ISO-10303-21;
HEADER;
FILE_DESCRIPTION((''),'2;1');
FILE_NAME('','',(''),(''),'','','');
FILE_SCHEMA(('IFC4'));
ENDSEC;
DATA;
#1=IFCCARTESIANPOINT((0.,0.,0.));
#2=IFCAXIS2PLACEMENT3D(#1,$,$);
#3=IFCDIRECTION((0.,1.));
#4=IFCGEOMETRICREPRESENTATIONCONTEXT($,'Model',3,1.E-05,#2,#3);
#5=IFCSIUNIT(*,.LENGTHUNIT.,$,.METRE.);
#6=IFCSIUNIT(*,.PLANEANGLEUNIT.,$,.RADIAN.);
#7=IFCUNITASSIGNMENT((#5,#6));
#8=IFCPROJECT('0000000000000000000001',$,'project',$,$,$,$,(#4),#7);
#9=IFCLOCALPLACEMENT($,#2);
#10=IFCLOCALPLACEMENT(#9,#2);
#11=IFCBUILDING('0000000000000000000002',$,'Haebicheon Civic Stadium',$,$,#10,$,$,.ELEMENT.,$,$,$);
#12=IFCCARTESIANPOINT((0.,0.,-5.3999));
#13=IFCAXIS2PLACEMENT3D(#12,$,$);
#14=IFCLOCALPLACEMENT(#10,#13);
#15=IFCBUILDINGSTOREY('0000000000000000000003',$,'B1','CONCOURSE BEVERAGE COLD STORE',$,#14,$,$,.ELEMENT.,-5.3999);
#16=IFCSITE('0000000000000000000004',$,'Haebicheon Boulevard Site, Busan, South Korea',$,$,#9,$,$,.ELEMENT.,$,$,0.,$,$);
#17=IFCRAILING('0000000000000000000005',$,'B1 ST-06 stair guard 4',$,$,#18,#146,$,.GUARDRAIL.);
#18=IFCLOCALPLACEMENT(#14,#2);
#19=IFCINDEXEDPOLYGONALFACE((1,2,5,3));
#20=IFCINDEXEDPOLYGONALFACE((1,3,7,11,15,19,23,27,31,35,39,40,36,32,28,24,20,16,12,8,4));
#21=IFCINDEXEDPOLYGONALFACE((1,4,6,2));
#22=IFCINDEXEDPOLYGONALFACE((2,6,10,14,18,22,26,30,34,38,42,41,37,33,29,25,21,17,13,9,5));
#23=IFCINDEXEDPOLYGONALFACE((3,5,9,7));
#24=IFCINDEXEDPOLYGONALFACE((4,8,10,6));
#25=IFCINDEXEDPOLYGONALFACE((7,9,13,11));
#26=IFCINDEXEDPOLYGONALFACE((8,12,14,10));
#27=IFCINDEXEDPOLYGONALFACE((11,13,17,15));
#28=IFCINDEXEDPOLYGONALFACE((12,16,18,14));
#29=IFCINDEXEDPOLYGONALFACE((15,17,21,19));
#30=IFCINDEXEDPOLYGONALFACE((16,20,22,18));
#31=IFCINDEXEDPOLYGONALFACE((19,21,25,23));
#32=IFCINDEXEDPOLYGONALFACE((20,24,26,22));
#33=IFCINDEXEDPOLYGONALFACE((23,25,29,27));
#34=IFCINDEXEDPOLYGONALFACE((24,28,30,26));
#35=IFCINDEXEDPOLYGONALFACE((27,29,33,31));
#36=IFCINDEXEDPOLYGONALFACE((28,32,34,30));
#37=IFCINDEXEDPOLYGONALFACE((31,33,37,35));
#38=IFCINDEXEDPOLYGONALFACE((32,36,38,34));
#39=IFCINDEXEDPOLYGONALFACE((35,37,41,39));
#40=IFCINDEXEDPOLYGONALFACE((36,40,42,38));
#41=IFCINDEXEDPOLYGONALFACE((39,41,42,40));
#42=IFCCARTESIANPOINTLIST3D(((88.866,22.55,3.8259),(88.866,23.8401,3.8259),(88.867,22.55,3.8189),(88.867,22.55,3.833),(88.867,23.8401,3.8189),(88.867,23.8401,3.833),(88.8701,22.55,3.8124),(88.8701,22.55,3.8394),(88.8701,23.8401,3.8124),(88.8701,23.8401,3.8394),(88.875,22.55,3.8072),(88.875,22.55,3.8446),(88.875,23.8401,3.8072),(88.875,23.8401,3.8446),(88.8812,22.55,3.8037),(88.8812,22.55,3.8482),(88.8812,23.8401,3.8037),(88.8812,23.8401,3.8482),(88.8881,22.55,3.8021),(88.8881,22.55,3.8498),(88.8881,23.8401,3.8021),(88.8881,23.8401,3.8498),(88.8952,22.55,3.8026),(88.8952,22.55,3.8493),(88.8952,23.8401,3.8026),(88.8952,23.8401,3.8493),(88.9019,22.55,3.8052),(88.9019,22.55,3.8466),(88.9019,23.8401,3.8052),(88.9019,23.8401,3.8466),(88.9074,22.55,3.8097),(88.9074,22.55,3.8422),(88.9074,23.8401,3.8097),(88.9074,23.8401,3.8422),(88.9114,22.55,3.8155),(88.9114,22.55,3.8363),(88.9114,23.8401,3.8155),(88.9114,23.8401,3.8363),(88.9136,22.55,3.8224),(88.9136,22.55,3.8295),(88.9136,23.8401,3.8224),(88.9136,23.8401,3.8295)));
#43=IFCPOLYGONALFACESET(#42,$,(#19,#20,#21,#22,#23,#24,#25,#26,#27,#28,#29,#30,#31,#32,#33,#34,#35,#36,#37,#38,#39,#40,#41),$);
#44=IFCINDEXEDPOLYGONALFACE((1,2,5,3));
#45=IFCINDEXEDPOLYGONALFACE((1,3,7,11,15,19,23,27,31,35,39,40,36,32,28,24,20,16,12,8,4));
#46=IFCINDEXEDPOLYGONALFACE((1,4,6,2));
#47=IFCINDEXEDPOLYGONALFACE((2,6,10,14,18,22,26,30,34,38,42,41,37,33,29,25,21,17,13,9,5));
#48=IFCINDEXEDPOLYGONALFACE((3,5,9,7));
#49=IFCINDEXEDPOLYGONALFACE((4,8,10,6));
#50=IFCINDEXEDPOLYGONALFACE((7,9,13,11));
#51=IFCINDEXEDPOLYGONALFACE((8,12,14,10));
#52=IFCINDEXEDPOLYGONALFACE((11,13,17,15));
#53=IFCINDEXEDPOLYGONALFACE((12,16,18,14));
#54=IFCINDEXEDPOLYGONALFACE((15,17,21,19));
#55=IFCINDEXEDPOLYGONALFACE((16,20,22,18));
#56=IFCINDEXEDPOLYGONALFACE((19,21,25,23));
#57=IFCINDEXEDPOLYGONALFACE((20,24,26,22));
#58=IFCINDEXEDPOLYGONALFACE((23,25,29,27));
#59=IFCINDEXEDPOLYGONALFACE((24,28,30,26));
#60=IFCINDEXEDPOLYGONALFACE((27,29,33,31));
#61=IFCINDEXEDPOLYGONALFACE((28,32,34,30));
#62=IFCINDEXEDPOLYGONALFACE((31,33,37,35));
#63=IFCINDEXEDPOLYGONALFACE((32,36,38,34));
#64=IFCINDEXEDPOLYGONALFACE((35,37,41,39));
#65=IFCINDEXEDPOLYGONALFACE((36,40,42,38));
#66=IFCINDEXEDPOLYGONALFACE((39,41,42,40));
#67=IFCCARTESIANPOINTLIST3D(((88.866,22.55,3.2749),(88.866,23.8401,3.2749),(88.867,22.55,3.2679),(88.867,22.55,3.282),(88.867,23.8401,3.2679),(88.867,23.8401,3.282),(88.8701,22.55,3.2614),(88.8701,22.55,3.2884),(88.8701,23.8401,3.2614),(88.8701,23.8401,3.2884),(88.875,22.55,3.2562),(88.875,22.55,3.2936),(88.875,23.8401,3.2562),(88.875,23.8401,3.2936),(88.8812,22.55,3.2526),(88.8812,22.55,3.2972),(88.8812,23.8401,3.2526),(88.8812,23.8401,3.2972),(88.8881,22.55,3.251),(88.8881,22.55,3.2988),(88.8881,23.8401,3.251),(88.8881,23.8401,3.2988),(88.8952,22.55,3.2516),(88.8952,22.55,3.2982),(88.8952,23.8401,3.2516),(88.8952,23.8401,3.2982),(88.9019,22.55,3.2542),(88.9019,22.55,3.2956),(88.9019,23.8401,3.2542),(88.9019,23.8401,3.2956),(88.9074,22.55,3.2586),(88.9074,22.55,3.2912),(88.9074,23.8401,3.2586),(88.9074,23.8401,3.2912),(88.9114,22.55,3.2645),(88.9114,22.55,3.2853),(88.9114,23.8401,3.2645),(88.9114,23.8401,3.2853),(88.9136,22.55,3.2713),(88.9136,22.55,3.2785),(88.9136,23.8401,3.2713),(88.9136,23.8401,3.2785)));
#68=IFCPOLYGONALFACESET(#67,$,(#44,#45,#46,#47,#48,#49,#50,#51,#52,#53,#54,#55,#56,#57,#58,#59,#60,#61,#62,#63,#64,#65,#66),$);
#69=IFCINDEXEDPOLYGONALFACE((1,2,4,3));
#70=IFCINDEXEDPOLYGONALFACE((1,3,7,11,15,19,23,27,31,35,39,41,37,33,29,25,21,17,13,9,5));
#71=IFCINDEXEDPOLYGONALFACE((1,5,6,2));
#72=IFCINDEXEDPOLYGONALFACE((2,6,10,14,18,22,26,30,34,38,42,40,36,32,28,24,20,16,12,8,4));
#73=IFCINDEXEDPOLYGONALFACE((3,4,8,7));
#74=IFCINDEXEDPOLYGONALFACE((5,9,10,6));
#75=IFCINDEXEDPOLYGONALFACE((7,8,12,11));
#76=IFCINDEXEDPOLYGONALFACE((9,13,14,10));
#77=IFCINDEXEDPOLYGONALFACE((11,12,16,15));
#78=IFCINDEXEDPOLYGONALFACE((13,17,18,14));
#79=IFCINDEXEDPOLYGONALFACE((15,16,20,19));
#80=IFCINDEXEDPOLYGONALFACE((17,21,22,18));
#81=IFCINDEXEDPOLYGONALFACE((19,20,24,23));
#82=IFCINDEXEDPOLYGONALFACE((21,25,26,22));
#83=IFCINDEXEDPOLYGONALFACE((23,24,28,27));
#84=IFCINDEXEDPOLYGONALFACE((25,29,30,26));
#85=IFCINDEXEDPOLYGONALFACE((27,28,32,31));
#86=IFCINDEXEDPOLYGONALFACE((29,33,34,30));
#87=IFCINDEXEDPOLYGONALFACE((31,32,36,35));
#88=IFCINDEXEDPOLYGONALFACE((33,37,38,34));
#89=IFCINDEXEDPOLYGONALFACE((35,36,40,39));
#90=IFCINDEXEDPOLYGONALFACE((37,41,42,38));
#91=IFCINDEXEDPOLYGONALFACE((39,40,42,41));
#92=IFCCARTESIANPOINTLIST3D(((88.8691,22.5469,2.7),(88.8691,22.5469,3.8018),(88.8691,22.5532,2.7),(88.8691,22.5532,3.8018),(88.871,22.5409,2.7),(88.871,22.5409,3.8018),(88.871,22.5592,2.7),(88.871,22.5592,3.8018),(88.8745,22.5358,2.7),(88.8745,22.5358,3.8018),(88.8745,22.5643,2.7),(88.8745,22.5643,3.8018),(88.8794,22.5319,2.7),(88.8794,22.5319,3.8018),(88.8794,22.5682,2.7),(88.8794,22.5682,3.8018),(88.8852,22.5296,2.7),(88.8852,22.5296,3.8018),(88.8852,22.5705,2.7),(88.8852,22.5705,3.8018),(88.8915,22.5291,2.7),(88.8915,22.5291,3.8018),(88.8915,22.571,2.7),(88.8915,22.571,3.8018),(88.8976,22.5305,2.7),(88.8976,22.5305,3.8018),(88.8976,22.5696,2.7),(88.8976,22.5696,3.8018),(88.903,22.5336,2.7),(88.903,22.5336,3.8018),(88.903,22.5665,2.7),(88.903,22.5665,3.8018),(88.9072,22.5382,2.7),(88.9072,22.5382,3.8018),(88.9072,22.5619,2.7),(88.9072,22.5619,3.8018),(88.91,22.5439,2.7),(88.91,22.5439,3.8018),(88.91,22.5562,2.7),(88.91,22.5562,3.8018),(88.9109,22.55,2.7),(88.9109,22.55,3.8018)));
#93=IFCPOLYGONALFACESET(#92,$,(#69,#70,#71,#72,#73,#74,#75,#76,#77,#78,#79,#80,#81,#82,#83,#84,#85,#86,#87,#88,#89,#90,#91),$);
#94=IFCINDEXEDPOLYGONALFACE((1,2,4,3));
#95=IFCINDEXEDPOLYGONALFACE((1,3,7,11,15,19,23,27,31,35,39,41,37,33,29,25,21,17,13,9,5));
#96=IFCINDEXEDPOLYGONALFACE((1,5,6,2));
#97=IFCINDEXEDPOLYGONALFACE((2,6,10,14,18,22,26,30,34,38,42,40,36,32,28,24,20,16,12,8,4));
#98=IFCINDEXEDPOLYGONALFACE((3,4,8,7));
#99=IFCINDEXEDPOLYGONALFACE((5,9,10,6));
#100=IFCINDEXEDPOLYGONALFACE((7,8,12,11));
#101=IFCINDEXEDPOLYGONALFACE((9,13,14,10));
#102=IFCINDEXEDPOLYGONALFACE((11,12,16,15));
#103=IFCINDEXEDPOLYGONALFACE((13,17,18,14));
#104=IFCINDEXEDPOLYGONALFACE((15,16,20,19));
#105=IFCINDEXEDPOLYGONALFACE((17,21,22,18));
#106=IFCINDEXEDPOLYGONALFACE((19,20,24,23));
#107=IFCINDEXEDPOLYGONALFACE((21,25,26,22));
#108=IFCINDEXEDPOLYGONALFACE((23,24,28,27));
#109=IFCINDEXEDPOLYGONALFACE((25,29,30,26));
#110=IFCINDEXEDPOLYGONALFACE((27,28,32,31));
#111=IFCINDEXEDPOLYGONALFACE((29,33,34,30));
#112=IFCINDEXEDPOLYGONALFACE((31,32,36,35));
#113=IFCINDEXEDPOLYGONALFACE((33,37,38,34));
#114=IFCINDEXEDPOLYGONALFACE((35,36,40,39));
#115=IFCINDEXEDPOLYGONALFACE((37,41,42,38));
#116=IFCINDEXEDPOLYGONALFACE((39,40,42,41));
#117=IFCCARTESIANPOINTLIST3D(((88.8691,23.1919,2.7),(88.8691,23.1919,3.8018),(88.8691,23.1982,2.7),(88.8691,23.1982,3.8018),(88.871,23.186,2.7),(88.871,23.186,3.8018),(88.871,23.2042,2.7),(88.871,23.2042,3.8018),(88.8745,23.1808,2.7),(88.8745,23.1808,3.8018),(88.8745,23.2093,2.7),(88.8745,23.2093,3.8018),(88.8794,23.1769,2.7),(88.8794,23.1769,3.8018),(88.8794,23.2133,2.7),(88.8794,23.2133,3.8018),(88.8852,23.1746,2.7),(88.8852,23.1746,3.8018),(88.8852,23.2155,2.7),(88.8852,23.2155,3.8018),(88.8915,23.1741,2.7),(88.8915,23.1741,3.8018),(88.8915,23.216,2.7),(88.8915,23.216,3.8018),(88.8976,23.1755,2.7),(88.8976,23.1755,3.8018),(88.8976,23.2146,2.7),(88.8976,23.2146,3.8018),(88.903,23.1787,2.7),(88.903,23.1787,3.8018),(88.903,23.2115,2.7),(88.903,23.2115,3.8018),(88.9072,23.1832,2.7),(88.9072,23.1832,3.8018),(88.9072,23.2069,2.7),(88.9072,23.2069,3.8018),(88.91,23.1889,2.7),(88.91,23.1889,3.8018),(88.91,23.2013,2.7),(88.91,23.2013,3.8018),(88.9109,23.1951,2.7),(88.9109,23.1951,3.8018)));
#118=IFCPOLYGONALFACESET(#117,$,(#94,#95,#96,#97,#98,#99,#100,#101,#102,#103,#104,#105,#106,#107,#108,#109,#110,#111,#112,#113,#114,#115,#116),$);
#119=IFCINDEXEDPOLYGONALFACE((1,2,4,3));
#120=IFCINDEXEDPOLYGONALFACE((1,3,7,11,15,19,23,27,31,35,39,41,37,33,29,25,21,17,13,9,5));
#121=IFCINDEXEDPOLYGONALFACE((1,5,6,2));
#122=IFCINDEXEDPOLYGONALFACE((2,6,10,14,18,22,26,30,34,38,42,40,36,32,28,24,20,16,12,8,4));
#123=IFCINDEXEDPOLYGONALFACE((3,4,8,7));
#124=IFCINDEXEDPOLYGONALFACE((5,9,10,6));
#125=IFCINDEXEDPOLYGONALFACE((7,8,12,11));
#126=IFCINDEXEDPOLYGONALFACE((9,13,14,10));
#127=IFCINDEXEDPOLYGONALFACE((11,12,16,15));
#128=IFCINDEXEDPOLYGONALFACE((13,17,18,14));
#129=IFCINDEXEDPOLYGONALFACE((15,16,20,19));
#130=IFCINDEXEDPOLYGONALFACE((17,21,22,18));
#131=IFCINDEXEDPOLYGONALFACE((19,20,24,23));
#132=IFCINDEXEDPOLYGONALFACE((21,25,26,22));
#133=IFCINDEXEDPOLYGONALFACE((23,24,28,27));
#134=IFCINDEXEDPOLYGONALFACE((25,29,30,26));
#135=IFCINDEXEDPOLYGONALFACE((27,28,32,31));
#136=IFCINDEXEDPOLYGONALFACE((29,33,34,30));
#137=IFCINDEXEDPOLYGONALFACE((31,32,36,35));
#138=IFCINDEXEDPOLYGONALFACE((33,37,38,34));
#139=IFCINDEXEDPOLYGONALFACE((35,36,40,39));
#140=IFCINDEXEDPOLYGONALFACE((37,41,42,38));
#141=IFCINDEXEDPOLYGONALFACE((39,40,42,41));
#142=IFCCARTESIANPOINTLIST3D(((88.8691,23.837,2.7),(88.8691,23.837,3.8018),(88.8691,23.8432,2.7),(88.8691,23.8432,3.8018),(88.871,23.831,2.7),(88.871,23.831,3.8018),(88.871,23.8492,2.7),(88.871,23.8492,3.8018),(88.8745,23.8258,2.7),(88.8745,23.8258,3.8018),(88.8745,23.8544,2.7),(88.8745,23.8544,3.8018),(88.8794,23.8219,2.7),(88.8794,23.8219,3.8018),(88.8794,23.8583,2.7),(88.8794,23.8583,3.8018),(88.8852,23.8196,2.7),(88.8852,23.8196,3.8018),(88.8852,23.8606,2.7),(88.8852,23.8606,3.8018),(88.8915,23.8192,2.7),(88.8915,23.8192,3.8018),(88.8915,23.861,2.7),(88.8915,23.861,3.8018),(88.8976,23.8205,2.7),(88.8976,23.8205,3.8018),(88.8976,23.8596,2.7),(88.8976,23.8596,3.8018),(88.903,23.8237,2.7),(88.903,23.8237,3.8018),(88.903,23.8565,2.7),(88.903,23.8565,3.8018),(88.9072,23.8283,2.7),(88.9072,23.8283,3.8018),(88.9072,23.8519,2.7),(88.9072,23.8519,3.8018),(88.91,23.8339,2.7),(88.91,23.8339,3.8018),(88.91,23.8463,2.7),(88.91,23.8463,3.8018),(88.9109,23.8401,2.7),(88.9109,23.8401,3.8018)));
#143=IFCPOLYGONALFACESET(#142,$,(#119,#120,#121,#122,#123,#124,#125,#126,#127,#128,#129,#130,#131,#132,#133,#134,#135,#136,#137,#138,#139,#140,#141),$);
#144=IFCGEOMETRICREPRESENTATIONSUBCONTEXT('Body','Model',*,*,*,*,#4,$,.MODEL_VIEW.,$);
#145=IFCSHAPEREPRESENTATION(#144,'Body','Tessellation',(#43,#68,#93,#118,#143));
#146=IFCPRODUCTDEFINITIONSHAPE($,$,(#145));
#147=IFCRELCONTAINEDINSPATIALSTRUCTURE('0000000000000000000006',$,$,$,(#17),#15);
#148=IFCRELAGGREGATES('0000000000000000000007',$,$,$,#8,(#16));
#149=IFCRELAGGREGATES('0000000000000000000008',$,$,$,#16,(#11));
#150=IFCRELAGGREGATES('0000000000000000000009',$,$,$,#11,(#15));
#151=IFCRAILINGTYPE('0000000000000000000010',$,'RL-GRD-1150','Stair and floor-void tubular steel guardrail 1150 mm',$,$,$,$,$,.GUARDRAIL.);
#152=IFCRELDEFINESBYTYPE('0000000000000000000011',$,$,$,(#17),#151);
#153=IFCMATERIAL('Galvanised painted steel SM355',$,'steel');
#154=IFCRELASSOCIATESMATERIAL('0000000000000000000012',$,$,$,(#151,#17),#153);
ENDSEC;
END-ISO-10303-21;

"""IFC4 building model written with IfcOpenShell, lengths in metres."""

from ifc_helpers import new_model, si_unit, direction, frame, origin, origin_2d, place, context, subcontext, project, spatial, circle, extrude, material, type_object, element, save


model = new_model("IFC4")

# Units and contexts
model_context = context("Model", 3, precision=1e-05, world=origin(), true_north=direction((0.0, 1.0)))
body_context = subcontext(model_context, "Body", "Model", "MODEL_VIEW")
ifc_project = project(units=[si_unit("LENGTHUNIT", "METRE"), si_unit("PLANEANGLEUNIT", "RADIAN")], contexts=[model_context])

# Site, building, storey
site_placement = place(None, origin())
site = spatial("IfcSite", under=ifc_project, at=site_placement, Name="Haebicheon Boulevard Site, Busan, South Korea", CompositionType="ELEMENT", RefElevation=0.0)
building_placement = place(site_placement, origin())
building = spatial("IfcBuilding", under=site, at=building_placement, Name="Haebicheon Civic Stadium", CompositionType="ELEMENT")
storey_placement = place(building_placement, frame((0.0, 0.0, -5.3999)))
storey = spatial("IfcBuildingStorey", under=building, at=storey_placement, Name="B1", Description="CONCOURSE BEVERAGE COLD STORE", CompositionType="ELEMENT", Elevation=-5.3999)

# Railing
ifc_material_1 = material(Name="Galvanised painted steel SM355", Category="steel")
railing_type_1 = type_object("IfcRailingType", Name="RL-GRD-1150", Description="Stair and floor-void tubular steel guardrail 1150 mm", PredefinedType="GUARDRAIL", material=ifc_material_1)
for number, where, name in (
    (1, (88.8899, 22.55, 2.7), "B1 ST-06 stair guard 4"),
):
    element("IfcRailing", number, at=place(storey_placement, frame(where)), inside=storey, type_object=railing_type_1, material=ifc_material_1, Name=name, PredefinedType="GUARDRAIL", context=body_context, shape_type="SweptSolid", body=[
        extrude(circle(Radius=0.0239, at=origin_2d()), frame((0.0, 0.0, 1.126), z_axis=(0.0, 1.0, 0.0), x_axis=(-1.0, 0.0, 0.0)), (0.0, 0.0, 1.0), 1.29),
        extrude(circle(Radius=0.0239, at=origin_2d()), frame((0.0, 0.0, 0.575), z_axis=(0.0, 1.0, 0.0), x_axis=(-1.0, 0.0, 0.0)), (0.0, 0.0, 1.0), 1.29),
        extrude(circle(Radius=0.021, at=origin_2d()), origin(), (0.0, 0.0, 1.0), 1.1018),
        extrude(circle(Radius=0.021, at=origin_2d()), frame((0.0, 0.645, 0.0)), (0.0, 0.0, 1.0), 1.1018),
        extrude(circle(Radius=0.021, at=origin_2d()), frame((0.0, 1.29, 0.0)), (0.0, 0.0, 1.0), 1.1018),
    ])

save(model, "model.ifc")
